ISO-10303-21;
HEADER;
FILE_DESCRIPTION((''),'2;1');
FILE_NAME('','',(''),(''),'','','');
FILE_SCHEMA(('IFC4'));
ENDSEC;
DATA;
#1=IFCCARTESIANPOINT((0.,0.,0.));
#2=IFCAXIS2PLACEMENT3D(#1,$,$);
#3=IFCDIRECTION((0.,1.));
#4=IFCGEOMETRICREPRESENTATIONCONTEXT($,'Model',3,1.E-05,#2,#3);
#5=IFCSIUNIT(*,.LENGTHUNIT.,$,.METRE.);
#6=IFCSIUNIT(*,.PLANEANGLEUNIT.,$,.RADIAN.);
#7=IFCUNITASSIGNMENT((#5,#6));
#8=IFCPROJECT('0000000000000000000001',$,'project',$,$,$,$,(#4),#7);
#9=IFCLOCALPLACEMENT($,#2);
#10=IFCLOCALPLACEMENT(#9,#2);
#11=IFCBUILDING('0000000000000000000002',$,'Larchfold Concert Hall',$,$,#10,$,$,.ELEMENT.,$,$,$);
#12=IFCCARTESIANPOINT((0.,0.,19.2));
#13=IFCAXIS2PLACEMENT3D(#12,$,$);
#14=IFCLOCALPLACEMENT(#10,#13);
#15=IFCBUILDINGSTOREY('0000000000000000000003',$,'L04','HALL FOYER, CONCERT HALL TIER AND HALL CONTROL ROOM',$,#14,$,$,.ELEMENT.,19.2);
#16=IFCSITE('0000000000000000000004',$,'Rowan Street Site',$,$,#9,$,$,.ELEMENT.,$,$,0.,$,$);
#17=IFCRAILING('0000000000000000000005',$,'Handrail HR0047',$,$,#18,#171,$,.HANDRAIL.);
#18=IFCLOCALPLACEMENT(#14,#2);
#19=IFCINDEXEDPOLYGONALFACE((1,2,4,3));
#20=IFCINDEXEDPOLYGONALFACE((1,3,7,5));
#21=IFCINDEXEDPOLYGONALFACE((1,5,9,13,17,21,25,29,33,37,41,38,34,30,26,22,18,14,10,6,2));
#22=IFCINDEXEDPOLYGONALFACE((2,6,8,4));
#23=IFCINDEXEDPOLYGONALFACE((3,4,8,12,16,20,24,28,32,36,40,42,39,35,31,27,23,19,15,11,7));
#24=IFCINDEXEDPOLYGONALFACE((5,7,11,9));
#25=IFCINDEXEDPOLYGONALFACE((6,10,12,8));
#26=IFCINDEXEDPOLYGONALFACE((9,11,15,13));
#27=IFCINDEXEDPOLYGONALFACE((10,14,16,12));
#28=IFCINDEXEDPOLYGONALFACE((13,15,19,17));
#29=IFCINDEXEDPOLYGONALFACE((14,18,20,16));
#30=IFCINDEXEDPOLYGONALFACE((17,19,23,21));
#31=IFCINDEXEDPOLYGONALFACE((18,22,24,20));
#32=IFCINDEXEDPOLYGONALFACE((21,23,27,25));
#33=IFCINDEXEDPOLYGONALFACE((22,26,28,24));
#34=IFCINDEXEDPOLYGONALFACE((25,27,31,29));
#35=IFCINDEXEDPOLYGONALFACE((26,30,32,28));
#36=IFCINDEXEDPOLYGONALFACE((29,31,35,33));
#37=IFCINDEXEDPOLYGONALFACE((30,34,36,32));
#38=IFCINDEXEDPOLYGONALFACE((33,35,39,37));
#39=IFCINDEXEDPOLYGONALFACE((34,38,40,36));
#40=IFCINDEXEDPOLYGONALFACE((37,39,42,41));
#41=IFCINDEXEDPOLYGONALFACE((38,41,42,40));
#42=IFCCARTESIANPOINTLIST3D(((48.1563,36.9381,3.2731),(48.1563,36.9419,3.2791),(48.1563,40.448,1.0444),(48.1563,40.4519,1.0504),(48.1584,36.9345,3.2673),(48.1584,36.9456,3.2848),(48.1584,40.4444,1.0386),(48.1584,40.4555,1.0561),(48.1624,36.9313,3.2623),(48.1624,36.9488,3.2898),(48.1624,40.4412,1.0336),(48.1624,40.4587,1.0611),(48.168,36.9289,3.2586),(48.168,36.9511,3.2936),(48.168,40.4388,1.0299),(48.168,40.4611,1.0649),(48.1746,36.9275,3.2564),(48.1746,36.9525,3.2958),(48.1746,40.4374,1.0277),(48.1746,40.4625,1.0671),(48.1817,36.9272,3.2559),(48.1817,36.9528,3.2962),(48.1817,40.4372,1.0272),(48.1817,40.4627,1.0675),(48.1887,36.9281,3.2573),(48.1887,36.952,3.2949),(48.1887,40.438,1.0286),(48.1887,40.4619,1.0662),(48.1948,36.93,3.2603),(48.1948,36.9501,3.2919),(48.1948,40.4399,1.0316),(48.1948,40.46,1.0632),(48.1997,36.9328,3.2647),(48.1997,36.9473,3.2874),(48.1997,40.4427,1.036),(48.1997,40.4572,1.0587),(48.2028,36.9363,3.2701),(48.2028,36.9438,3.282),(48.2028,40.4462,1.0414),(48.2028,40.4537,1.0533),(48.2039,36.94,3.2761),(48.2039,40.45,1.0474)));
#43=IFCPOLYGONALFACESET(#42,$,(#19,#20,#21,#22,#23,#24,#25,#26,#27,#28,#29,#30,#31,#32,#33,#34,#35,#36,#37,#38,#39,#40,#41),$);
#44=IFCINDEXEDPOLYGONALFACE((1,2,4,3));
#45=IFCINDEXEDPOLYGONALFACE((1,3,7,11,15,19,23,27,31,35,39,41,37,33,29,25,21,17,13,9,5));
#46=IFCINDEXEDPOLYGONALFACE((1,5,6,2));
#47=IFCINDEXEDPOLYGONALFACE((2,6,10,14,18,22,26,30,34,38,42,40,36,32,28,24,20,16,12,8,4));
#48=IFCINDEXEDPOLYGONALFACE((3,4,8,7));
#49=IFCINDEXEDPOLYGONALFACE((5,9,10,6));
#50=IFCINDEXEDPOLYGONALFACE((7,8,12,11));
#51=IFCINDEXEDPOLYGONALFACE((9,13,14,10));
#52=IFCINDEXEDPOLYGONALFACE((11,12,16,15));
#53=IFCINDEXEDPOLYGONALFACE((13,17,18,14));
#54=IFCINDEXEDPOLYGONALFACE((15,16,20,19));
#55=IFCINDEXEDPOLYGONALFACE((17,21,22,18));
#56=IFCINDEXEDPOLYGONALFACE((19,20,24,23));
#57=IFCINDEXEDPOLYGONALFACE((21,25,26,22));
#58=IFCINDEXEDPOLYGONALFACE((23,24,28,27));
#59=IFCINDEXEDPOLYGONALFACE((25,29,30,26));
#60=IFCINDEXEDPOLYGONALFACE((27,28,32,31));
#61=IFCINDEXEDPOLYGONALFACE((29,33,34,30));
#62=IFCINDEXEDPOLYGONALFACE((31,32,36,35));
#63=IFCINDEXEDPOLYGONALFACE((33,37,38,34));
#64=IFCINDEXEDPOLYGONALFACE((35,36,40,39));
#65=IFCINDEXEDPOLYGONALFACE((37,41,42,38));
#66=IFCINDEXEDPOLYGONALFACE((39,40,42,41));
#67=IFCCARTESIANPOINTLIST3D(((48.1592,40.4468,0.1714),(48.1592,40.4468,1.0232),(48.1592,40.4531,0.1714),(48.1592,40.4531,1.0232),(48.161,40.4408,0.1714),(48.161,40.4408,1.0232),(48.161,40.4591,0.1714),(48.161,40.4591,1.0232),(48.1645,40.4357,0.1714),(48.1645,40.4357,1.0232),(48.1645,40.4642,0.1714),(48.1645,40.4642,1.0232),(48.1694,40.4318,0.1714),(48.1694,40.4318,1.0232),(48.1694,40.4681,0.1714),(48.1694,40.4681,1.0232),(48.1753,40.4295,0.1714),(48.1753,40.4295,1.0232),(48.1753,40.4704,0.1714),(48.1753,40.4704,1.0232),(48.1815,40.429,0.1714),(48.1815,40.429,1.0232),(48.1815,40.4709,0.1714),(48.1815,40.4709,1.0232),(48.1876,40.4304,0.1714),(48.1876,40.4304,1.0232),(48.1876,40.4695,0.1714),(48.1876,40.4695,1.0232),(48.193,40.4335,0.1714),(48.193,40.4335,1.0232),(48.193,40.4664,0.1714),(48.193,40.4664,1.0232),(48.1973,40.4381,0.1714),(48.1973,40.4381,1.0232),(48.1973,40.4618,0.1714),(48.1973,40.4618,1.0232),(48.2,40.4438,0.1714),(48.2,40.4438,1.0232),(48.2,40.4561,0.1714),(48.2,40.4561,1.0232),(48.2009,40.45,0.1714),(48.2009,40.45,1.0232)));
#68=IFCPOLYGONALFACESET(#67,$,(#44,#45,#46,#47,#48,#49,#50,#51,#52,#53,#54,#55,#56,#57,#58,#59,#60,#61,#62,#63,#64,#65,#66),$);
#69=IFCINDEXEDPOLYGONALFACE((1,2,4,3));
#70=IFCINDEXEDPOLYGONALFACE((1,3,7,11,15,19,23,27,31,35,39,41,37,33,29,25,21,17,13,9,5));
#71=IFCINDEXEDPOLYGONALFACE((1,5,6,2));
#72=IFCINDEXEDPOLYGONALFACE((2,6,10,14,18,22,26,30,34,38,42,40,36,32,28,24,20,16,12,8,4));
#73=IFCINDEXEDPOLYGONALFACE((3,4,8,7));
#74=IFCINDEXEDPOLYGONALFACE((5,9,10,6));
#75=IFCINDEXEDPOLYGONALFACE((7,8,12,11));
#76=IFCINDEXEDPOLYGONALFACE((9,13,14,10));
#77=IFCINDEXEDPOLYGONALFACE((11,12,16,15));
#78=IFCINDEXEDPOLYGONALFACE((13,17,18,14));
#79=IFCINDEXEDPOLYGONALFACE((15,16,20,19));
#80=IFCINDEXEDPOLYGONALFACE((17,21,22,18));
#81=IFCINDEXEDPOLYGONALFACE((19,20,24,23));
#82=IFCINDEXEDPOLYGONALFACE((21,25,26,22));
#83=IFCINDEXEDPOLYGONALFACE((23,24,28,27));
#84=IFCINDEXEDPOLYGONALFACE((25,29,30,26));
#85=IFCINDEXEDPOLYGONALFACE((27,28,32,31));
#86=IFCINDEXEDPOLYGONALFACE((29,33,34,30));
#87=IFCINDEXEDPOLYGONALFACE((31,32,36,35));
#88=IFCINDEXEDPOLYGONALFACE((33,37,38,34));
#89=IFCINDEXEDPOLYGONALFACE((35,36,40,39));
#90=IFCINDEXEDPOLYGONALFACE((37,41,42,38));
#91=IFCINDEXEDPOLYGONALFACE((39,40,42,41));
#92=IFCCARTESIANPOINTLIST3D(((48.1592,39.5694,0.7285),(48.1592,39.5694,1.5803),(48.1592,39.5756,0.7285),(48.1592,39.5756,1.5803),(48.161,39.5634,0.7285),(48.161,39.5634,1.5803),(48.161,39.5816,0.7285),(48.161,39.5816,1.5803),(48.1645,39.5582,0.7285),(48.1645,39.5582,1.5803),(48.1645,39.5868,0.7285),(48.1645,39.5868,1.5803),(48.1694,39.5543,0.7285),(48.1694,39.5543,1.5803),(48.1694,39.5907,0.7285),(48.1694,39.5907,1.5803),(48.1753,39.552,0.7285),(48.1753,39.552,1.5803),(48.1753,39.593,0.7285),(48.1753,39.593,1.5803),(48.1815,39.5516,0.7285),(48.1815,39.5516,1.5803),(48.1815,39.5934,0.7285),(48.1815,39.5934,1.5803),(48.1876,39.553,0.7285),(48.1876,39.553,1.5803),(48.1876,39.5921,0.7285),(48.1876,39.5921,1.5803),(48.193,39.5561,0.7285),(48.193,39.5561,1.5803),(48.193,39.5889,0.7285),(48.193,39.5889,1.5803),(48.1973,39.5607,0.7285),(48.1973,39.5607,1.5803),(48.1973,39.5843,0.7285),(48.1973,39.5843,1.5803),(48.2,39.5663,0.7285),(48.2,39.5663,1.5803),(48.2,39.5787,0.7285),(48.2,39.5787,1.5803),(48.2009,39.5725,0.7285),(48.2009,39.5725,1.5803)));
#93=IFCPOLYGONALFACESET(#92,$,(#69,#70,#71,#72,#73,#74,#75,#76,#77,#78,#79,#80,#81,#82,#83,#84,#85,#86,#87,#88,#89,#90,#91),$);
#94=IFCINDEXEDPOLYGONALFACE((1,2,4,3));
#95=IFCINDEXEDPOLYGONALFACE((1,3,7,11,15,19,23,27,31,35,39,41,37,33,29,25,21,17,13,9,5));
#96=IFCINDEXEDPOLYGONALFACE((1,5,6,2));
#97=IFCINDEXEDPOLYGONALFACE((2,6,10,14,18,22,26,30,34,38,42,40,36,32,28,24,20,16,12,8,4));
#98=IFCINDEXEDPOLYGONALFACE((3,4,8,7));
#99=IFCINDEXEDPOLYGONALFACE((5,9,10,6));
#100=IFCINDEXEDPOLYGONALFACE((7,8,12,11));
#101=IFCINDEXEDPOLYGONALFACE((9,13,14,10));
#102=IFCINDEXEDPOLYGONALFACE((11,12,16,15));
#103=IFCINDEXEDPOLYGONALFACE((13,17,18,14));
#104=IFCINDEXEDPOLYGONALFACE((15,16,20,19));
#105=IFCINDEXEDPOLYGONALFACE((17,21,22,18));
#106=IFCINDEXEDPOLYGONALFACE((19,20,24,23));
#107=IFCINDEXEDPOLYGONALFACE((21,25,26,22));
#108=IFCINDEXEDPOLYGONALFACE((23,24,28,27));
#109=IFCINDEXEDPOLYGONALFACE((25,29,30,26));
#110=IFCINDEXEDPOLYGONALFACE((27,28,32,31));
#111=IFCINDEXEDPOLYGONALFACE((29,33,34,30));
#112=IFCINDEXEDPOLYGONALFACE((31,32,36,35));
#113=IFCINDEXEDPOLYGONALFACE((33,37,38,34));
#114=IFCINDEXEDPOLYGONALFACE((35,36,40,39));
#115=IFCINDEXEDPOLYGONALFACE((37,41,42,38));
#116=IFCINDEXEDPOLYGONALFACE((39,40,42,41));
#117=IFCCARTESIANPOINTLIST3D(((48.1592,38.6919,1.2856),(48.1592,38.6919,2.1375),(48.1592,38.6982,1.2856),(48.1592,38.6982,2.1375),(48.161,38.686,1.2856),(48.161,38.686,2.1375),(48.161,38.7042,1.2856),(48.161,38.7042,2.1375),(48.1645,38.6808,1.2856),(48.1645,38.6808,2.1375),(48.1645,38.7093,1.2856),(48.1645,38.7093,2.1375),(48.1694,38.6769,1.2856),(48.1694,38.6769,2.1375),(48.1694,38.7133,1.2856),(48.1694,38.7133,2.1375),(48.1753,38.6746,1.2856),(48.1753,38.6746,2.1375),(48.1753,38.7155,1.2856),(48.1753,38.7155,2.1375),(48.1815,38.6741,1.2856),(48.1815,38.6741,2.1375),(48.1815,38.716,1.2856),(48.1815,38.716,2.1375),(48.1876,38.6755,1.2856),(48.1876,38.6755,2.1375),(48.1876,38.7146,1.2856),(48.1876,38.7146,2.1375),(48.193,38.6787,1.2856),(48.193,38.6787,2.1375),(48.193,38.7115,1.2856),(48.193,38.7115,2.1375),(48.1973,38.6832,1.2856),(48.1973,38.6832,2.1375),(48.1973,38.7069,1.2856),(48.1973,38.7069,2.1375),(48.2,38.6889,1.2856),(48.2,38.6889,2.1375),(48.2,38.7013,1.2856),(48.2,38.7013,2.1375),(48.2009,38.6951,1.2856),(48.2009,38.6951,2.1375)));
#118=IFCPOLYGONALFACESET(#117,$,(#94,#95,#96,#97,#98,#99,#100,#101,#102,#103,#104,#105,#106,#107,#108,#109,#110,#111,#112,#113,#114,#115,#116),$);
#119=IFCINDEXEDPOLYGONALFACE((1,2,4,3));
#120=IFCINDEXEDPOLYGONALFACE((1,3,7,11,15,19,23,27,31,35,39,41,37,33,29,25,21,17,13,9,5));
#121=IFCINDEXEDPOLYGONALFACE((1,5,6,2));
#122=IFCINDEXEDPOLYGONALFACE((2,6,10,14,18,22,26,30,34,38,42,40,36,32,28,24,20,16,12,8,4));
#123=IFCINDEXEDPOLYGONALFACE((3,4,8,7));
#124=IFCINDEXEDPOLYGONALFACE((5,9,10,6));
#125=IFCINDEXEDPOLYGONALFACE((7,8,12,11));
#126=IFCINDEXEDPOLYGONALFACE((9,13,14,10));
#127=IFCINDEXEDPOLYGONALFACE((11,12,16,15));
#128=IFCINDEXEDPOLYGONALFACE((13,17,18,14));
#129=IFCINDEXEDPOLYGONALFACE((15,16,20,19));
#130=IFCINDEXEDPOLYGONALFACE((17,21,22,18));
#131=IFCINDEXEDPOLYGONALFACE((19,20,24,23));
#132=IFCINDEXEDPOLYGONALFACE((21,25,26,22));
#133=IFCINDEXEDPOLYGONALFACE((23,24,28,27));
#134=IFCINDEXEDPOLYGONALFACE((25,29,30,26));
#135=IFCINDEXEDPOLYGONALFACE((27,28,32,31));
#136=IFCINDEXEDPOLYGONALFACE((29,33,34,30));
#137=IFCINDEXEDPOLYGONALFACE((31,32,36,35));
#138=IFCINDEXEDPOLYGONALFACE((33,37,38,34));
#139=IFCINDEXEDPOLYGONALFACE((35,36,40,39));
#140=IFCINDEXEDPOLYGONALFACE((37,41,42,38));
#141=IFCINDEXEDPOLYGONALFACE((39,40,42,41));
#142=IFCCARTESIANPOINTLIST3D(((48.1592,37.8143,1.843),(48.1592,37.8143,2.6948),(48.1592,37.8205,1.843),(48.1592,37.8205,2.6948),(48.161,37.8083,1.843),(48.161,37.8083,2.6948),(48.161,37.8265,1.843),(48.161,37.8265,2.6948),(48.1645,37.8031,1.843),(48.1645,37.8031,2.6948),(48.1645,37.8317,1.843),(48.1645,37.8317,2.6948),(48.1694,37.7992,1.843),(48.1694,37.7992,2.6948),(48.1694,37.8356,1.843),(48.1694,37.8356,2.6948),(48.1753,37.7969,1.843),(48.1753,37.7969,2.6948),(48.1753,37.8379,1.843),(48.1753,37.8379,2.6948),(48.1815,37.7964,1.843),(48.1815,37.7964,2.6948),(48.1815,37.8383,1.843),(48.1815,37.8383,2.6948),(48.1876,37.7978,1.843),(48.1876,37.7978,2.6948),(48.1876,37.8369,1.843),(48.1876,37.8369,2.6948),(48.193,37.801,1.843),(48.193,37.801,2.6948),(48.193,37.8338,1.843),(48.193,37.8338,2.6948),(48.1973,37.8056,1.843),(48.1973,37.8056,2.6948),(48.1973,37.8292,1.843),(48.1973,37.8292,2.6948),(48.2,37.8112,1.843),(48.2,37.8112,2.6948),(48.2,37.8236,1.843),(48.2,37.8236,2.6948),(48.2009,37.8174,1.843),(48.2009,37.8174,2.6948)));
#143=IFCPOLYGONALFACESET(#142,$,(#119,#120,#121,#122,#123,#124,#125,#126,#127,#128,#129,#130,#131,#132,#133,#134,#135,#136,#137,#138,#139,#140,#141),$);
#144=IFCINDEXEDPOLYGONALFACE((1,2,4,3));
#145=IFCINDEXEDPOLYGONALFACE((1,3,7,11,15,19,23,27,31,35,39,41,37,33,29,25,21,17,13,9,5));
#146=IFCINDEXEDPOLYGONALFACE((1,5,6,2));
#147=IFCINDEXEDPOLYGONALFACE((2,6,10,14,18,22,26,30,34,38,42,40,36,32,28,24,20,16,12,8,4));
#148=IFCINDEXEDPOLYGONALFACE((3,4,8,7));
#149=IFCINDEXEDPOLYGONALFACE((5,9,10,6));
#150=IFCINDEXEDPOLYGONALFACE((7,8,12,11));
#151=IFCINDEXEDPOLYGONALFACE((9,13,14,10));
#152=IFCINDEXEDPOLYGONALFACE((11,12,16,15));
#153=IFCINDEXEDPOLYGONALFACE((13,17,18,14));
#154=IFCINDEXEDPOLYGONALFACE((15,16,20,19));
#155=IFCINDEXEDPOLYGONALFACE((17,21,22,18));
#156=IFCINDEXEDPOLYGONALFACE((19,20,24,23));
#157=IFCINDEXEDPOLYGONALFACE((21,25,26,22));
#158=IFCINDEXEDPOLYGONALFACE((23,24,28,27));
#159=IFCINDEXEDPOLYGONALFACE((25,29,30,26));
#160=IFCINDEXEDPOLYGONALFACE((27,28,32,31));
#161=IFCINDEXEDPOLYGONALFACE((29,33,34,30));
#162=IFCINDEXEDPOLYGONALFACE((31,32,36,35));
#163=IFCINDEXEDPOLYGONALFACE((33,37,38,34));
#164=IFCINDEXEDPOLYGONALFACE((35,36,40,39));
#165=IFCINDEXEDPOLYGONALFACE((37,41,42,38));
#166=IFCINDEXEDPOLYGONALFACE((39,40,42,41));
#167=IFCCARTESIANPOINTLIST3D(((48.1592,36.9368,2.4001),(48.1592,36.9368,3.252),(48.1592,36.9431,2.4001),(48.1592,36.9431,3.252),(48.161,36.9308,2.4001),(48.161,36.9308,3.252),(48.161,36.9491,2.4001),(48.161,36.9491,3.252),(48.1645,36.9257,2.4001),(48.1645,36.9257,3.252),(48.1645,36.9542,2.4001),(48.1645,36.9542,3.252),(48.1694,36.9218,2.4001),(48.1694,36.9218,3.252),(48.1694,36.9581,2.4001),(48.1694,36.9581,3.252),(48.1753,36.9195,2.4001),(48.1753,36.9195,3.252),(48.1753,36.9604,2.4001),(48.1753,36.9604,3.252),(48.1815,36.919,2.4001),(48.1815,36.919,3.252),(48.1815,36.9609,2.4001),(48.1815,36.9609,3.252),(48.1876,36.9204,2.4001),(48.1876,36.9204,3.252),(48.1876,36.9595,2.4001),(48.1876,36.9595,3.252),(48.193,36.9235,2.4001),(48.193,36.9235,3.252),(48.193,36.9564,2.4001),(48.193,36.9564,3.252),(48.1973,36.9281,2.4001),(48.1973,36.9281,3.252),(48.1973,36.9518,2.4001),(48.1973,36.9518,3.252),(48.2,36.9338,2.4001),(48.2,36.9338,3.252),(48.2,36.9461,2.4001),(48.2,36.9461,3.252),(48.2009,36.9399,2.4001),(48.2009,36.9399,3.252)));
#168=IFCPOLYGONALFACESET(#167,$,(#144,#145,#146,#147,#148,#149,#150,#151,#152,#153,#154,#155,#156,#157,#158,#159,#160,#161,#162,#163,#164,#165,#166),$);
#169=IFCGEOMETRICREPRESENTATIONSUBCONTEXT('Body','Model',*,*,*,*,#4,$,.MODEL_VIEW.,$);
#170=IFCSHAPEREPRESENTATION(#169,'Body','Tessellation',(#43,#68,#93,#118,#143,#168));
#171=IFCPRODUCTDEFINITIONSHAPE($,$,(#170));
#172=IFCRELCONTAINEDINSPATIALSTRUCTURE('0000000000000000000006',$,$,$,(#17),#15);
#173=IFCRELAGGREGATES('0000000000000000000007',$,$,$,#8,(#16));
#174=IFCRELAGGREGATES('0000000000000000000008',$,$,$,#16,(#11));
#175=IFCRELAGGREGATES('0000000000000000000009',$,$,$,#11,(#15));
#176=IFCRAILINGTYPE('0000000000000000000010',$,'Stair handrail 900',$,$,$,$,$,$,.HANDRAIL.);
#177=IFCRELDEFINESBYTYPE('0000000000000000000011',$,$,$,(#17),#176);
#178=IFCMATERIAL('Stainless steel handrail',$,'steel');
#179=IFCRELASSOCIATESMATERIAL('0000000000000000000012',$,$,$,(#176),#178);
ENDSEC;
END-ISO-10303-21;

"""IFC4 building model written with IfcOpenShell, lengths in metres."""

from ifc_helpers import new_model, si_unit, direction, frame, origin, origin_2d, place, context, subcontext, project, spatial, circle, extrude, material, type_object, element, save


model = new_model("IFC4")

# Units and contexts
model_context = context("Model", 3, precision=1e-05, world=origin(), true_north=direction((0.0, 1.0)))
body_context = subcontext(model_context, "Body", "Model", "MODEL_VIEW")
ifc_project = project(units=[si_unit("LENGTHUNIT", "METRE"), si_unit("PLANEANGLEUNIT", "RADIAN")], contexts=[model_context])

# Site, building, storey
site_placement = place(None, origin())
site = spatial("IfcSite", under=ifc_project, at=site_placement, Name="Rowan Street Site", CompositionType="ELEMENT", RefElevation=0.0)
building_placement = place(site_placement, origin())
building = spatial("IfcBuilding", under=site, at=building_placement, Name="Larchfold Concert Hall", CompositionType="ELEMENT")
storey_placement = place(building_placement, frame((0.0, 0.0, 19.2)))
storey = spatial("IfcBuildingStorey", under=building, at=storey_placement, Name="L04", Description="HALL FOYER, CONCERT HALL TIER AND HALL CONTROL ROOM", CompositionType="ELEMENT", Elevation=19.2)

# Railing
ifc_material_1 = material(Name="Stainless steel handrail", Category="steel")
railing_type_1 = type_object("IfcRailingType", Name="Stair handrail 900", PredefinedType="HANDRAIL", material=ifc_material_1)
railing_1_placement = place(storey_placement, frame((48.1799, 40.45, 0.1714)))
element("IfcRailing", 1, at=railing_1_placement, inside=storey, type_object=railing_type_1, Name="Handrail HR0047", PredefinedType="HANDRAIL", context=body_context, shape_type="SweptSolid", body=[
    extrude(circle(Radius=0.0239, at=origin_2d()), frame((0.0, 0.0, 0.876), z_axis=(0.0, -0.844193, 0.536039), x_axis=(1.0, 0.0, 0.0)), (0.0, 0.0, 1.0), 4.1577),
    extrude(circle(Radius=0.021, at=origin_2d()), origin(), (0.0, 0.0, 1.0), 0.8518),
    extrude(circle(Radius=0.021, at=origin_2d()), frame((0.0, -0.8774, 0.5571)), (0.0, 0.0, 1.0), 0.8518),
    extrude(circle(Radius=0.021, at=origin_2d()), frame((0.0, -1.7549, 1.1143)), (0.0, 0.0, 1.0), 0.8518),
    extrude(circle(Radius=0.021, at=origin_2d()), frame((0.0, -2.6326, 1.6716)), (0.0, 0.0, 1.0), 0.8518),
    extrude(circle(Radius=0.021, at=origin_2d()), frame((0.0, -3.51, 2.2288)), (0.0, 0.0, 1.0), 0.8518),
])

save(model, "model.ifc")
